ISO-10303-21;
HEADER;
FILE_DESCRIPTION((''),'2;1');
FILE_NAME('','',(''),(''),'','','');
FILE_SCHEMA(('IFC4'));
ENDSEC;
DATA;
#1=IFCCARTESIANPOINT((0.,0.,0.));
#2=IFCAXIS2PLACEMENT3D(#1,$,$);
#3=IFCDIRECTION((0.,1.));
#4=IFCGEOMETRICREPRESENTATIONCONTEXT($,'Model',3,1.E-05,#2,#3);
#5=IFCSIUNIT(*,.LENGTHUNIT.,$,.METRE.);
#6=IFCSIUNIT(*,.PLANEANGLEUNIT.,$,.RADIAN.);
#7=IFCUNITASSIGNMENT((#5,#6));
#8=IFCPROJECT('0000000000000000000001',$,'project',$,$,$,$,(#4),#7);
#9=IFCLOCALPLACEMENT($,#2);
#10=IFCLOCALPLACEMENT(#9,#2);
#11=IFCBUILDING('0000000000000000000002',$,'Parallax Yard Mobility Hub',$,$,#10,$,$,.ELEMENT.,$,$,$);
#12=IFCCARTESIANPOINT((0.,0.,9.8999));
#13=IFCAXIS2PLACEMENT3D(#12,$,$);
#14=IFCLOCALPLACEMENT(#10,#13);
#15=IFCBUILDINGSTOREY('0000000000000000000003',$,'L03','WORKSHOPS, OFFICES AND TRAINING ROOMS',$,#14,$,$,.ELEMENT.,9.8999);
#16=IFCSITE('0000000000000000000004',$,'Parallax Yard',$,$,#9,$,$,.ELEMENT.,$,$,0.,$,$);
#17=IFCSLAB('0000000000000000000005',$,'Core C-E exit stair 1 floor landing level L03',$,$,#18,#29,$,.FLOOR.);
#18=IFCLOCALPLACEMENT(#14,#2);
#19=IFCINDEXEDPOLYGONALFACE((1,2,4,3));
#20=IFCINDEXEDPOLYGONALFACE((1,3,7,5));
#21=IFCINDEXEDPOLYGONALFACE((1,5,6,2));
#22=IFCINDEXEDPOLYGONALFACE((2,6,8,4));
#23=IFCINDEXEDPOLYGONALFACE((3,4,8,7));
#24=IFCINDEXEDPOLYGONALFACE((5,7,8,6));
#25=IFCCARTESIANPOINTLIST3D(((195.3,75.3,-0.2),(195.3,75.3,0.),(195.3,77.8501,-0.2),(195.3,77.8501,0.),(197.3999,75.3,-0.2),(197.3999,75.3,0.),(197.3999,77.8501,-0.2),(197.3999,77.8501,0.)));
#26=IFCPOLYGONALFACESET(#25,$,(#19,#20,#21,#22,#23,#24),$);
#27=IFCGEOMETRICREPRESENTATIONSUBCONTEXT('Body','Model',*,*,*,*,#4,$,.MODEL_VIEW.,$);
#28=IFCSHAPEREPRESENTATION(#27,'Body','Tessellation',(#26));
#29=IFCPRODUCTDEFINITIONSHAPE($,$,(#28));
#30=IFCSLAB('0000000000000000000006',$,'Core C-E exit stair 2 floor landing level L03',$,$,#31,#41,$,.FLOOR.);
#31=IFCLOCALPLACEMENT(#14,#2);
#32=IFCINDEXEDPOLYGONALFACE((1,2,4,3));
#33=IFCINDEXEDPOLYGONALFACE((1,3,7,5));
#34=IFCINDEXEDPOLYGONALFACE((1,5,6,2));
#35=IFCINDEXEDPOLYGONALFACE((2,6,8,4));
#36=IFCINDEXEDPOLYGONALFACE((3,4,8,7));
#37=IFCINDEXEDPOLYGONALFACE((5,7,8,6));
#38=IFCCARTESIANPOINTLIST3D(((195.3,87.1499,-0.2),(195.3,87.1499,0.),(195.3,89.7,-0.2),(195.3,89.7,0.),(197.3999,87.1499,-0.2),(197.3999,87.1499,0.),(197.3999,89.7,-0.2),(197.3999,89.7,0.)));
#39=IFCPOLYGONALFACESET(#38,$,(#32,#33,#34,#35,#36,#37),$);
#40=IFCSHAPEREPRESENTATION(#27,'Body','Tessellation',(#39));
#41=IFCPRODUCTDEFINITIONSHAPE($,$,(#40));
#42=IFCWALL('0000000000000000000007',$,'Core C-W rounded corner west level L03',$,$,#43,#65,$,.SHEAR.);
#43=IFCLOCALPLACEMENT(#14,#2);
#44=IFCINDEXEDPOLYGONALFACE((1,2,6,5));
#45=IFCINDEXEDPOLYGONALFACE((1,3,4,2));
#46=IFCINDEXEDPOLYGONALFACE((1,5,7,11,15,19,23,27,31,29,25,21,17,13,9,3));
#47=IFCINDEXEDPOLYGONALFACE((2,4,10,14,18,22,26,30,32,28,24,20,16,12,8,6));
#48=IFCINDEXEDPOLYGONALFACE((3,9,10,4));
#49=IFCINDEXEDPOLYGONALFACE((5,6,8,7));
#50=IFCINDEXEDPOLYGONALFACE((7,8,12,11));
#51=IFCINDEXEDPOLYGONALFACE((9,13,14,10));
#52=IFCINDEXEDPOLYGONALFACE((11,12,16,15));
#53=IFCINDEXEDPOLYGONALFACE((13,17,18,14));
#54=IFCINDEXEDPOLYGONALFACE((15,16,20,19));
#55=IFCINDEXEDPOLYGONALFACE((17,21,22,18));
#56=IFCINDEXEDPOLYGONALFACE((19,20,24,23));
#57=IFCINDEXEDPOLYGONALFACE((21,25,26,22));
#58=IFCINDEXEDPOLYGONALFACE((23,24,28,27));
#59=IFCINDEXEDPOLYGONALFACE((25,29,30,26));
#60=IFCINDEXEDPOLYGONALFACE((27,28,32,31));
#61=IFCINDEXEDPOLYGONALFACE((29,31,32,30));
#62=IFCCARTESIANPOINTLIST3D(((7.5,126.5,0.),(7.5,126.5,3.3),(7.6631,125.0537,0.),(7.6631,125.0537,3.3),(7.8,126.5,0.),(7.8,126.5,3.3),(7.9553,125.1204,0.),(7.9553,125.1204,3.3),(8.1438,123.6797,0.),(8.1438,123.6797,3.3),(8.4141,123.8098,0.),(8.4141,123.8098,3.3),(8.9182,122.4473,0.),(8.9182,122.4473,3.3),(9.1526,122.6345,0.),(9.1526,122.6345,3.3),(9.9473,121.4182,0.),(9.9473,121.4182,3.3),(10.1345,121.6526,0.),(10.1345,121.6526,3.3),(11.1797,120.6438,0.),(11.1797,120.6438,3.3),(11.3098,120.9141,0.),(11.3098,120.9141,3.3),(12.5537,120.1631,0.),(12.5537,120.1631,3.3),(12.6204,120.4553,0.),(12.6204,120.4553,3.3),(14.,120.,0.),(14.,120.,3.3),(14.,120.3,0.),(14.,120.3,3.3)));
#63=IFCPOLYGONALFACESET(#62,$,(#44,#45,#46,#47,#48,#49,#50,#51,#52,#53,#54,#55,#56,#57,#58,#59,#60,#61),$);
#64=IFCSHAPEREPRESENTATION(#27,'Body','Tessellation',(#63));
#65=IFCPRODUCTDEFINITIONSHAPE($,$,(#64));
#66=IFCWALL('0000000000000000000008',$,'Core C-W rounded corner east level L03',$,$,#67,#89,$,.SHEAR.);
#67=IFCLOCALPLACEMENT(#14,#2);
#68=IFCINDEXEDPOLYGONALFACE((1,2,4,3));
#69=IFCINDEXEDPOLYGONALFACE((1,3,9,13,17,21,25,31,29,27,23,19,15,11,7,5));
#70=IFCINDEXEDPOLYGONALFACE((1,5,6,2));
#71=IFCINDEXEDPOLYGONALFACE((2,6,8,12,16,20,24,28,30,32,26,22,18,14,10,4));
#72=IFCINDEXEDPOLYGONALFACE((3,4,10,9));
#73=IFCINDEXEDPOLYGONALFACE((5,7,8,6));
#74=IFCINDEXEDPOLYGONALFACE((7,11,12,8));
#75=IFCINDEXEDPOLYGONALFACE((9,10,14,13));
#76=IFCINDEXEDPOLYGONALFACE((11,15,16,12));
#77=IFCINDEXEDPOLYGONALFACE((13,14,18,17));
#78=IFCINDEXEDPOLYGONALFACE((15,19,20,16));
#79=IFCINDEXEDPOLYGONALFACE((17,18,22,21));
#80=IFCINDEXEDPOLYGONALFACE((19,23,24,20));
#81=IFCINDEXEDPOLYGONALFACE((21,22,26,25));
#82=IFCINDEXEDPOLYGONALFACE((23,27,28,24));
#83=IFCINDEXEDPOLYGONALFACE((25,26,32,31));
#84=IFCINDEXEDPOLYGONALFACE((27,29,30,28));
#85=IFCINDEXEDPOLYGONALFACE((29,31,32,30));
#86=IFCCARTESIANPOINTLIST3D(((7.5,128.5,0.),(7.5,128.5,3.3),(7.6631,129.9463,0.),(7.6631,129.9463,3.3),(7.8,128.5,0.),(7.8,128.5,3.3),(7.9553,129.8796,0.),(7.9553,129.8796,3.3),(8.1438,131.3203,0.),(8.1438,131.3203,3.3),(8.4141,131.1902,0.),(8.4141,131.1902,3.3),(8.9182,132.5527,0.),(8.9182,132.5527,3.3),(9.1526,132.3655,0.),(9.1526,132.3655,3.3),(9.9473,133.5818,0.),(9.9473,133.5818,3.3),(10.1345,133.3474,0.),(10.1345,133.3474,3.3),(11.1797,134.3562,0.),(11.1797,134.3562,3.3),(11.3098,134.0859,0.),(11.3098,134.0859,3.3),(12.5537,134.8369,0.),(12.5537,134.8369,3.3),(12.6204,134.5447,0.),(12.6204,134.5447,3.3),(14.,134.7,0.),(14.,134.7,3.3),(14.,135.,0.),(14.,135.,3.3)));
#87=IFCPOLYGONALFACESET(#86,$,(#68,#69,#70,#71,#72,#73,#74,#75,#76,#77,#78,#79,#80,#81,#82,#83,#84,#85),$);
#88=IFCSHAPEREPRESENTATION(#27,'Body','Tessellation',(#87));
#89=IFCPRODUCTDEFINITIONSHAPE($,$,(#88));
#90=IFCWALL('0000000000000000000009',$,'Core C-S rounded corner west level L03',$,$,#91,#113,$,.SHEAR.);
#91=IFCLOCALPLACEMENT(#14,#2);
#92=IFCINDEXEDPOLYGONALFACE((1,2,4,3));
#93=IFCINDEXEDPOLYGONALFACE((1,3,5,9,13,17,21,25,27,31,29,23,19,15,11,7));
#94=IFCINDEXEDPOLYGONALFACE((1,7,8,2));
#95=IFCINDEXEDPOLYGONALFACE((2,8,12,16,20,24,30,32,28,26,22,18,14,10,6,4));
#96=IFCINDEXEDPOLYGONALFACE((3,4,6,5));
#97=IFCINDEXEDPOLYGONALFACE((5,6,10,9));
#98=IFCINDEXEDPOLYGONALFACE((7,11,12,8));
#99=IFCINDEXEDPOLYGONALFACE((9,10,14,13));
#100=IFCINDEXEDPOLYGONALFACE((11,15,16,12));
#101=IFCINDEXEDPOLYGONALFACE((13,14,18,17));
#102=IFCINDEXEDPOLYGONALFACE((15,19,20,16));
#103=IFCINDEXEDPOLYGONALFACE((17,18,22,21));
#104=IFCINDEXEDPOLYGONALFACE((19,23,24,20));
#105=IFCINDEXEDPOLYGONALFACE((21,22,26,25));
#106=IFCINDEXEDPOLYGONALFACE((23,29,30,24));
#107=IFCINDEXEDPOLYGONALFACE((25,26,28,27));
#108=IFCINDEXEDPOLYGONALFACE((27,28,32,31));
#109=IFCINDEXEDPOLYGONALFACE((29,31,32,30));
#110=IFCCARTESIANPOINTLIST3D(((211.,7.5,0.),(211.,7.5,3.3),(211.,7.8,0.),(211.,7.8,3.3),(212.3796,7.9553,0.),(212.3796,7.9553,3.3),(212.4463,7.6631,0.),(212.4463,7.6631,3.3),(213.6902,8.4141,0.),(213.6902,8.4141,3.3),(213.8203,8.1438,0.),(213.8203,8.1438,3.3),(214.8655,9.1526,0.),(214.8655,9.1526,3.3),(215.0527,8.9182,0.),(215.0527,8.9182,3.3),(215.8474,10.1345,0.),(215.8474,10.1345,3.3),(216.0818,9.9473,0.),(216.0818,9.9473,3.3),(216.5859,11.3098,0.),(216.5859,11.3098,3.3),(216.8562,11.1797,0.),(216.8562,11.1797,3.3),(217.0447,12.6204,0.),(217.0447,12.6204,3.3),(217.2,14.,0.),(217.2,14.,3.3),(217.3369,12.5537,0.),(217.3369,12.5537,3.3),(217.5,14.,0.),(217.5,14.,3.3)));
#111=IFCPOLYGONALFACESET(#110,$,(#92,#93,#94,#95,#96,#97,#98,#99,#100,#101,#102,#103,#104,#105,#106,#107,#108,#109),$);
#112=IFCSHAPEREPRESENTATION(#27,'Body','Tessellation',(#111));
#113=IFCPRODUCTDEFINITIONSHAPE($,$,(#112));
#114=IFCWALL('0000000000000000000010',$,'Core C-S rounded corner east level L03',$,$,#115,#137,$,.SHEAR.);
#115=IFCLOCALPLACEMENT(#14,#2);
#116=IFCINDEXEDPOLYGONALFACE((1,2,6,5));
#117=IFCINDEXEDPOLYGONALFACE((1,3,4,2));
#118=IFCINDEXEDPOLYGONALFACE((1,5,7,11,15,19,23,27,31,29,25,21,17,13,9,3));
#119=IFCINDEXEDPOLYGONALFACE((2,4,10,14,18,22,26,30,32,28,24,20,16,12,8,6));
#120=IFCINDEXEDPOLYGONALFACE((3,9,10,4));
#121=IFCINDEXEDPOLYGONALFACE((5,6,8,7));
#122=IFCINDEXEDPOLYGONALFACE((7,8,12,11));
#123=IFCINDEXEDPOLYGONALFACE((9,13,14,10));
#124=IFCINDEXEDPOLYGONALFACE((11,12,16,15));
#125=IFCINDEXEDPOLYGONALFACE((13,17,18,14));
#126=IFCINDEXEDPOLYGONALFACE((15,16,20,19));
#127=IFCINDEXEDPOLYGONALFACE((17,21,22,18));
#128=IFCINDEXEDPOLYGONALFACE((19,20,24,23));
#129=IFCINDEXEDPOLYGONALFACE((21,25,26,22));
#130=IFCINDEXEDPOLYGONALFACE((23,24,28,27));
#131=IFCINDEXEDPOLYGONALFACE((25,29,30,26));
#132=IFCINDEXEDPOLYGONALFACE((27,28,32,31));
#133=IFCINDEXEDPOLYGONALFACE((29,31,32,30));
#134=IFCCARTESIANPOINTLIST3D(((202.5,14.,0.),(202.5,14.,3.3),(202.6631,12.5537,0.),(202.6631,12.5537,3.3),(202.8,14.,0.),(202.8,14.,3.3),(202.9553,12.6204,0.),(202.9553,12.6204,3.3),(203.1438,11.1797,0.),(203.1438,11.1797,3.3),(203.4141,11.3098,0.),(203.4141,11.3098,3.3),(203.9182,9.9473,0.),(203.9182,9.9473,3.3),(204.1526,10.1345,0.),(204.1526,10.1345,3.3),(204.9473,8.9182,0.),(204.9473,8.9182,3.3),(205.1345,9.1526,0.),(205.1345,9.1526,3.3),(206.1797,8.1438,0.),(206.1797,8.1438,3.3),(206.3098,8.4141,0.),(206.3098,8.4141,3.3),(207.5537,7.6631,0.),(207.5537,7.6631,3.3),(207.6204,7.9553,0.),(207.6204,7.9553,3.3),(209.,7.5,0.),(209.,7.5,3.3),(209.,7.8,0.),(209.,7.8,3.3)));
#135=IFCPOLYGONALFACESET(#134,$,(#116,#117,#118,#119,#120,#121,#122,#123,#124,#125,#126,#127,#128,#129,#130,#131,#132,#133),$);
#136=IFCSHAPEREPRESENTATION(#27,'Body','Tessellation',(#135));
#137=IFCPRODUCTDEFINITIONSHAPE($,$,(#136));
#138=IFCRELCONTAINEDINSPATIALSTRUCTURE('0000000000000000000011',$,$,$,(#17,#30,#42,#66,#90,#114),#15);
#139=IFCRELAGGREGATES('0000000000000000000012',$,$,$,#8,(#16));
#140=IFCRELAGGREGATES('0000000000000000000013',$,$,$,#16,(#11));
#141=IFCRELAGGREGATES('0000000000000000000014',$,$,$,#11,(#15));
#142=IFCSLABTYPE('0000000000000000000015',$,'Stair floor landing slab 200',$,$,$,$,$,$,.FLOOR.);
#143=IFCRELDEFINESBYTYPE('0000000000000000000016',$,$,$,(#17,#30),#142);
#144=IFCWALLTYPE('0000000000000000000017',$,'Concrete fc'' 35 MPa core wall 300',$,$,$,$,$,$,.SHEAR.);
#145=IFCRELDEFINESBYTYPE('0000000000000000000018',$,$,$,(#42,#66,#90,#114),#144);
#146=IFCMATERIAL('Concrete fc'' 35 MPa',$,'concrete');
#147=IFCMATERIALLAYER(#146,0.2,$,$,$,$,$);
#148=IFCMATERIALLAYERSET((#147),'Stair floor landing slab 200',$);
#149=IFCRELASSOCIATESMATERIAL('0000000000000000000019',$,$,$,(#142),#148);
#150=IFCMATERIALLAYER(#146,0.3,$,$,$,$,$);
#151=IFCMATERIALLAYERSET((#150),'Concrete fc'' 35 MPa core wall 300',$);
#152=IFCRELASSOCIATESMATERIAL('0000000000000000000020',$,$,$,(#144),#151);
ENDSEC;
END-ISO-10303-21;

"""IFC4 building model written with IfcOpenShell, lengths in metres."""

from ifc_helpers import new_model, si_unit, direction, frame, origin, place, context, subcontext, project, spatial, polyline, outline, extrude, material, layer, layer_set, type_object, element, save


model = new_model("IFC4")

# Units and contexts
model_context = context("Model", 3, precision=1e-05, world=origin(), true_north=direction((0.0, 1.0)))
body_context = subcontext(model_context, "Body", "Model", "MODEL_VIEW")
ifc_project = project(units=[si_unit("LENGTHUNIT", "METRE"), si_unit("PLANEANGLEUNIT", "RADIAN")], contexts=[model_context])

# Site, building, storey
site_placement = place(None, origin())
site = spatial("IfcSite", under=ifc_project, at=site_placement, Name="Parallax Yard", CompositionType="ELEMENT", RefElevation=0.0)
building_placement = place(site_placement, origin())
building = spatial("IfcBuilding", under=site, at=building_placement, Name="Parallax Yard Mobility Hub", CompositionType="ELEMENT")
storey_placement = place(building_placement, frame((0.0, 0.0, 9.8999)))
storey = spatial("IfcBuildingStorey", under=building, at=storey_placement, Name="L03", Description="WORKSHOPS, OFFICES AND TRAINING ROOMS", CompositionType="ELEMENT", Elevation=9.8999)

# Shared definitions
ifc_material_1 = material(Name="Concrete fc' 35 MPa", Category="concrete")

# Slabs
ifc_layer_1 = layer(ifc_material_1, 0.2)
ifc_layer_set_1 = layer_set([ifc_layer_1], Name="Stair floor landing slab 200")
slab_type_1 = type_object("IfcSlabType", Name="Stair floor landing slab 200", PredefinedType="FLOOR", material=ifc_layer_set_1)
slab_1_placement = place(storey_placement, frame((0.0, 0.0, -0.2)))
element("IfcSlab", 1, at=slab_1_placement, inside=storey, type_object=slab_type_1, Name="Core C-E exit stair 1 floor landing level L03", PredefinedType="FLOOR", context=body_context, shape_type="SweptSolid", body=[
    extrude(outline(polyline([(197.3999, 77.8501), (195.3, 77.8501), (195.3, 75.3), (197.3999, 75.3), (197.3999, 77.8501)])), origin(), (0.0, 0.0, 1.0), 0.2),
])
slab_2_placement = place(storey_placement, frame((0.0, 0.0, -0.2)))
element("IfcSlab", 2, at=slab_2_placement, inside=storey, type_object=slab_type_1, Name="Core C-E exit stair 2 floor landing level L03", PredefinedType="FLOOR", context=body_context, shape_type="SweptSolid", body=[
    extrude(outline(polyline([(197.3999, 89.7), (195.3, 89.7), (195.3, 87.1499), (197.3999, 87.1499), (197.3999, 89.7)])), origin(), (0.0, 0.0, 1.0), 0.2),
])

# Walls
ifc_layer_2 = layer(ifc_material_1, 0.3)
ifc_layer_set_2 = layer_set([ifc_layer_2], Name="Concrete fc' 35 MPa core wall 300")
wall_type = type_object("IfcWallType", Name="Concrete fc' 35 MPa core wall 300", PredefinedType="SHEAR", material=ifc_layer_set_2)
wall_1_placement = place(storey_placement, origin())
element("IfcWall", 3, at=wall_1_placement, inside=storey, type_object=wall_type, Name="Core C-W rounded corner west level L03", PredefinedType="SHEAR", context=body_context, shape_type="SweptSolid", body=[
    extrude(outline(polyline([(14.0, 120.0), (12.5537, 120.1631), (11.1797, 120.6438), (9.9473, 121.4182), (8.9182, 122.4473), (8.1438, 123.6797), (7.6631, 125.0537), (7.5, 126.5), (7.8, 126.5), (7.9553, 125.1204), (8.4141, 123.8098), (9.1526, 122.6345), (10.1345, 121.6526), (11.3098, 120.9141), (12.6204, 120.4553), (14.0, 120.3), (14.0, 120.0)])), origin(), (0.0, 0.0, 1.0), 3.3),
])
wall_2_placement = place(storey_placement, origin())
element("IfcWall", 4, at=wall_2_placement, inside=storey, type_object=wall_type, Name="Core C-W rounded corner east level L03", PredefinedType="SHEAR", context=body_context, shape_type="SweptSolid", body=[
    extrude(outline(polyline([(14.0, 135.0), (12.5537, 134.8369), (11.1797, 134.3562), (9.9473, 133.5818), (8.9182, 132.5527), (8.1438, 131.3203), (7.6631, 129.9463), (7.5, 128.5), (7.8, 128.5), (7.9553, 129.8796), (8.4141, 131.1902), (9.1526, 132.3655), (10.1345, 133.3474), (11.3098, 134.0859), (12.6204, 134.5447), (14.0, 134.7), (14.0, 135.0)])), origin(), (0.0, 0.0, 1.0), 3.3),
])
wall_3_placement = place(storey_placement, origin())
element("IfcWall", 5, at=wall_3_placement, inside=storey, type_object=wall_type, Name="Core C-S rounded corner west level L03", PredefinedType="SHEAR", context=body_context, shape_type="SweptSolid", body=[
    extrude(outline(polyline([(217.5, 14.0), (217.3369, 12.5537), (216.8562, 11.1797), (216.0818, 9.9473), (215.0527, 8.9182), (213.8203, 8.1438), (212.4463, 7.6631), (211.0, 7.5), (211.0, 7.8), (212.3796, 7.9553), (213.6902, 8.4141), (214.8655, 9.1526), (215.8474, 10.1345), (216.5859, 11.3098), (217.0447, 12.6204), (217.2, 14.0), (217.5, 14.0)])), origin(), (0.0, 0.0, 1.0), 3.3),
])
wall_4_placement = place(storey_placement, origin())
element("IfcWall", 6, at=wall_4_placement, inside=storey, type_object=wall_type, Name="Core C-S rounded corner east level L03", PredefinedType="SHEAR", context=body_context, shape_type="SweptSolid", body=[
    extrude(outline(polyline([(202.5, 14.0), (202.6631, 12.5537), (203.1438, 11.1797), (203.9182, 9.9473), (204.9473, 8.9182), (206.1797, 8.1438), (207.5537, 7.6631), (209.0, 7.5), (209.0, 7.8), (207.6204, 7.9553), (206.3098, 8.4141), (205.1345, 9.1526), (204.1526, 10.1345), (203.4141, 11.3098), (202.9553, 12.6204), (202.8, 14.0), (202.5, 14.0)])), origin(), (0.0, 0.0, 1.0), 3.3),
])

save(model, "model.ifc")
